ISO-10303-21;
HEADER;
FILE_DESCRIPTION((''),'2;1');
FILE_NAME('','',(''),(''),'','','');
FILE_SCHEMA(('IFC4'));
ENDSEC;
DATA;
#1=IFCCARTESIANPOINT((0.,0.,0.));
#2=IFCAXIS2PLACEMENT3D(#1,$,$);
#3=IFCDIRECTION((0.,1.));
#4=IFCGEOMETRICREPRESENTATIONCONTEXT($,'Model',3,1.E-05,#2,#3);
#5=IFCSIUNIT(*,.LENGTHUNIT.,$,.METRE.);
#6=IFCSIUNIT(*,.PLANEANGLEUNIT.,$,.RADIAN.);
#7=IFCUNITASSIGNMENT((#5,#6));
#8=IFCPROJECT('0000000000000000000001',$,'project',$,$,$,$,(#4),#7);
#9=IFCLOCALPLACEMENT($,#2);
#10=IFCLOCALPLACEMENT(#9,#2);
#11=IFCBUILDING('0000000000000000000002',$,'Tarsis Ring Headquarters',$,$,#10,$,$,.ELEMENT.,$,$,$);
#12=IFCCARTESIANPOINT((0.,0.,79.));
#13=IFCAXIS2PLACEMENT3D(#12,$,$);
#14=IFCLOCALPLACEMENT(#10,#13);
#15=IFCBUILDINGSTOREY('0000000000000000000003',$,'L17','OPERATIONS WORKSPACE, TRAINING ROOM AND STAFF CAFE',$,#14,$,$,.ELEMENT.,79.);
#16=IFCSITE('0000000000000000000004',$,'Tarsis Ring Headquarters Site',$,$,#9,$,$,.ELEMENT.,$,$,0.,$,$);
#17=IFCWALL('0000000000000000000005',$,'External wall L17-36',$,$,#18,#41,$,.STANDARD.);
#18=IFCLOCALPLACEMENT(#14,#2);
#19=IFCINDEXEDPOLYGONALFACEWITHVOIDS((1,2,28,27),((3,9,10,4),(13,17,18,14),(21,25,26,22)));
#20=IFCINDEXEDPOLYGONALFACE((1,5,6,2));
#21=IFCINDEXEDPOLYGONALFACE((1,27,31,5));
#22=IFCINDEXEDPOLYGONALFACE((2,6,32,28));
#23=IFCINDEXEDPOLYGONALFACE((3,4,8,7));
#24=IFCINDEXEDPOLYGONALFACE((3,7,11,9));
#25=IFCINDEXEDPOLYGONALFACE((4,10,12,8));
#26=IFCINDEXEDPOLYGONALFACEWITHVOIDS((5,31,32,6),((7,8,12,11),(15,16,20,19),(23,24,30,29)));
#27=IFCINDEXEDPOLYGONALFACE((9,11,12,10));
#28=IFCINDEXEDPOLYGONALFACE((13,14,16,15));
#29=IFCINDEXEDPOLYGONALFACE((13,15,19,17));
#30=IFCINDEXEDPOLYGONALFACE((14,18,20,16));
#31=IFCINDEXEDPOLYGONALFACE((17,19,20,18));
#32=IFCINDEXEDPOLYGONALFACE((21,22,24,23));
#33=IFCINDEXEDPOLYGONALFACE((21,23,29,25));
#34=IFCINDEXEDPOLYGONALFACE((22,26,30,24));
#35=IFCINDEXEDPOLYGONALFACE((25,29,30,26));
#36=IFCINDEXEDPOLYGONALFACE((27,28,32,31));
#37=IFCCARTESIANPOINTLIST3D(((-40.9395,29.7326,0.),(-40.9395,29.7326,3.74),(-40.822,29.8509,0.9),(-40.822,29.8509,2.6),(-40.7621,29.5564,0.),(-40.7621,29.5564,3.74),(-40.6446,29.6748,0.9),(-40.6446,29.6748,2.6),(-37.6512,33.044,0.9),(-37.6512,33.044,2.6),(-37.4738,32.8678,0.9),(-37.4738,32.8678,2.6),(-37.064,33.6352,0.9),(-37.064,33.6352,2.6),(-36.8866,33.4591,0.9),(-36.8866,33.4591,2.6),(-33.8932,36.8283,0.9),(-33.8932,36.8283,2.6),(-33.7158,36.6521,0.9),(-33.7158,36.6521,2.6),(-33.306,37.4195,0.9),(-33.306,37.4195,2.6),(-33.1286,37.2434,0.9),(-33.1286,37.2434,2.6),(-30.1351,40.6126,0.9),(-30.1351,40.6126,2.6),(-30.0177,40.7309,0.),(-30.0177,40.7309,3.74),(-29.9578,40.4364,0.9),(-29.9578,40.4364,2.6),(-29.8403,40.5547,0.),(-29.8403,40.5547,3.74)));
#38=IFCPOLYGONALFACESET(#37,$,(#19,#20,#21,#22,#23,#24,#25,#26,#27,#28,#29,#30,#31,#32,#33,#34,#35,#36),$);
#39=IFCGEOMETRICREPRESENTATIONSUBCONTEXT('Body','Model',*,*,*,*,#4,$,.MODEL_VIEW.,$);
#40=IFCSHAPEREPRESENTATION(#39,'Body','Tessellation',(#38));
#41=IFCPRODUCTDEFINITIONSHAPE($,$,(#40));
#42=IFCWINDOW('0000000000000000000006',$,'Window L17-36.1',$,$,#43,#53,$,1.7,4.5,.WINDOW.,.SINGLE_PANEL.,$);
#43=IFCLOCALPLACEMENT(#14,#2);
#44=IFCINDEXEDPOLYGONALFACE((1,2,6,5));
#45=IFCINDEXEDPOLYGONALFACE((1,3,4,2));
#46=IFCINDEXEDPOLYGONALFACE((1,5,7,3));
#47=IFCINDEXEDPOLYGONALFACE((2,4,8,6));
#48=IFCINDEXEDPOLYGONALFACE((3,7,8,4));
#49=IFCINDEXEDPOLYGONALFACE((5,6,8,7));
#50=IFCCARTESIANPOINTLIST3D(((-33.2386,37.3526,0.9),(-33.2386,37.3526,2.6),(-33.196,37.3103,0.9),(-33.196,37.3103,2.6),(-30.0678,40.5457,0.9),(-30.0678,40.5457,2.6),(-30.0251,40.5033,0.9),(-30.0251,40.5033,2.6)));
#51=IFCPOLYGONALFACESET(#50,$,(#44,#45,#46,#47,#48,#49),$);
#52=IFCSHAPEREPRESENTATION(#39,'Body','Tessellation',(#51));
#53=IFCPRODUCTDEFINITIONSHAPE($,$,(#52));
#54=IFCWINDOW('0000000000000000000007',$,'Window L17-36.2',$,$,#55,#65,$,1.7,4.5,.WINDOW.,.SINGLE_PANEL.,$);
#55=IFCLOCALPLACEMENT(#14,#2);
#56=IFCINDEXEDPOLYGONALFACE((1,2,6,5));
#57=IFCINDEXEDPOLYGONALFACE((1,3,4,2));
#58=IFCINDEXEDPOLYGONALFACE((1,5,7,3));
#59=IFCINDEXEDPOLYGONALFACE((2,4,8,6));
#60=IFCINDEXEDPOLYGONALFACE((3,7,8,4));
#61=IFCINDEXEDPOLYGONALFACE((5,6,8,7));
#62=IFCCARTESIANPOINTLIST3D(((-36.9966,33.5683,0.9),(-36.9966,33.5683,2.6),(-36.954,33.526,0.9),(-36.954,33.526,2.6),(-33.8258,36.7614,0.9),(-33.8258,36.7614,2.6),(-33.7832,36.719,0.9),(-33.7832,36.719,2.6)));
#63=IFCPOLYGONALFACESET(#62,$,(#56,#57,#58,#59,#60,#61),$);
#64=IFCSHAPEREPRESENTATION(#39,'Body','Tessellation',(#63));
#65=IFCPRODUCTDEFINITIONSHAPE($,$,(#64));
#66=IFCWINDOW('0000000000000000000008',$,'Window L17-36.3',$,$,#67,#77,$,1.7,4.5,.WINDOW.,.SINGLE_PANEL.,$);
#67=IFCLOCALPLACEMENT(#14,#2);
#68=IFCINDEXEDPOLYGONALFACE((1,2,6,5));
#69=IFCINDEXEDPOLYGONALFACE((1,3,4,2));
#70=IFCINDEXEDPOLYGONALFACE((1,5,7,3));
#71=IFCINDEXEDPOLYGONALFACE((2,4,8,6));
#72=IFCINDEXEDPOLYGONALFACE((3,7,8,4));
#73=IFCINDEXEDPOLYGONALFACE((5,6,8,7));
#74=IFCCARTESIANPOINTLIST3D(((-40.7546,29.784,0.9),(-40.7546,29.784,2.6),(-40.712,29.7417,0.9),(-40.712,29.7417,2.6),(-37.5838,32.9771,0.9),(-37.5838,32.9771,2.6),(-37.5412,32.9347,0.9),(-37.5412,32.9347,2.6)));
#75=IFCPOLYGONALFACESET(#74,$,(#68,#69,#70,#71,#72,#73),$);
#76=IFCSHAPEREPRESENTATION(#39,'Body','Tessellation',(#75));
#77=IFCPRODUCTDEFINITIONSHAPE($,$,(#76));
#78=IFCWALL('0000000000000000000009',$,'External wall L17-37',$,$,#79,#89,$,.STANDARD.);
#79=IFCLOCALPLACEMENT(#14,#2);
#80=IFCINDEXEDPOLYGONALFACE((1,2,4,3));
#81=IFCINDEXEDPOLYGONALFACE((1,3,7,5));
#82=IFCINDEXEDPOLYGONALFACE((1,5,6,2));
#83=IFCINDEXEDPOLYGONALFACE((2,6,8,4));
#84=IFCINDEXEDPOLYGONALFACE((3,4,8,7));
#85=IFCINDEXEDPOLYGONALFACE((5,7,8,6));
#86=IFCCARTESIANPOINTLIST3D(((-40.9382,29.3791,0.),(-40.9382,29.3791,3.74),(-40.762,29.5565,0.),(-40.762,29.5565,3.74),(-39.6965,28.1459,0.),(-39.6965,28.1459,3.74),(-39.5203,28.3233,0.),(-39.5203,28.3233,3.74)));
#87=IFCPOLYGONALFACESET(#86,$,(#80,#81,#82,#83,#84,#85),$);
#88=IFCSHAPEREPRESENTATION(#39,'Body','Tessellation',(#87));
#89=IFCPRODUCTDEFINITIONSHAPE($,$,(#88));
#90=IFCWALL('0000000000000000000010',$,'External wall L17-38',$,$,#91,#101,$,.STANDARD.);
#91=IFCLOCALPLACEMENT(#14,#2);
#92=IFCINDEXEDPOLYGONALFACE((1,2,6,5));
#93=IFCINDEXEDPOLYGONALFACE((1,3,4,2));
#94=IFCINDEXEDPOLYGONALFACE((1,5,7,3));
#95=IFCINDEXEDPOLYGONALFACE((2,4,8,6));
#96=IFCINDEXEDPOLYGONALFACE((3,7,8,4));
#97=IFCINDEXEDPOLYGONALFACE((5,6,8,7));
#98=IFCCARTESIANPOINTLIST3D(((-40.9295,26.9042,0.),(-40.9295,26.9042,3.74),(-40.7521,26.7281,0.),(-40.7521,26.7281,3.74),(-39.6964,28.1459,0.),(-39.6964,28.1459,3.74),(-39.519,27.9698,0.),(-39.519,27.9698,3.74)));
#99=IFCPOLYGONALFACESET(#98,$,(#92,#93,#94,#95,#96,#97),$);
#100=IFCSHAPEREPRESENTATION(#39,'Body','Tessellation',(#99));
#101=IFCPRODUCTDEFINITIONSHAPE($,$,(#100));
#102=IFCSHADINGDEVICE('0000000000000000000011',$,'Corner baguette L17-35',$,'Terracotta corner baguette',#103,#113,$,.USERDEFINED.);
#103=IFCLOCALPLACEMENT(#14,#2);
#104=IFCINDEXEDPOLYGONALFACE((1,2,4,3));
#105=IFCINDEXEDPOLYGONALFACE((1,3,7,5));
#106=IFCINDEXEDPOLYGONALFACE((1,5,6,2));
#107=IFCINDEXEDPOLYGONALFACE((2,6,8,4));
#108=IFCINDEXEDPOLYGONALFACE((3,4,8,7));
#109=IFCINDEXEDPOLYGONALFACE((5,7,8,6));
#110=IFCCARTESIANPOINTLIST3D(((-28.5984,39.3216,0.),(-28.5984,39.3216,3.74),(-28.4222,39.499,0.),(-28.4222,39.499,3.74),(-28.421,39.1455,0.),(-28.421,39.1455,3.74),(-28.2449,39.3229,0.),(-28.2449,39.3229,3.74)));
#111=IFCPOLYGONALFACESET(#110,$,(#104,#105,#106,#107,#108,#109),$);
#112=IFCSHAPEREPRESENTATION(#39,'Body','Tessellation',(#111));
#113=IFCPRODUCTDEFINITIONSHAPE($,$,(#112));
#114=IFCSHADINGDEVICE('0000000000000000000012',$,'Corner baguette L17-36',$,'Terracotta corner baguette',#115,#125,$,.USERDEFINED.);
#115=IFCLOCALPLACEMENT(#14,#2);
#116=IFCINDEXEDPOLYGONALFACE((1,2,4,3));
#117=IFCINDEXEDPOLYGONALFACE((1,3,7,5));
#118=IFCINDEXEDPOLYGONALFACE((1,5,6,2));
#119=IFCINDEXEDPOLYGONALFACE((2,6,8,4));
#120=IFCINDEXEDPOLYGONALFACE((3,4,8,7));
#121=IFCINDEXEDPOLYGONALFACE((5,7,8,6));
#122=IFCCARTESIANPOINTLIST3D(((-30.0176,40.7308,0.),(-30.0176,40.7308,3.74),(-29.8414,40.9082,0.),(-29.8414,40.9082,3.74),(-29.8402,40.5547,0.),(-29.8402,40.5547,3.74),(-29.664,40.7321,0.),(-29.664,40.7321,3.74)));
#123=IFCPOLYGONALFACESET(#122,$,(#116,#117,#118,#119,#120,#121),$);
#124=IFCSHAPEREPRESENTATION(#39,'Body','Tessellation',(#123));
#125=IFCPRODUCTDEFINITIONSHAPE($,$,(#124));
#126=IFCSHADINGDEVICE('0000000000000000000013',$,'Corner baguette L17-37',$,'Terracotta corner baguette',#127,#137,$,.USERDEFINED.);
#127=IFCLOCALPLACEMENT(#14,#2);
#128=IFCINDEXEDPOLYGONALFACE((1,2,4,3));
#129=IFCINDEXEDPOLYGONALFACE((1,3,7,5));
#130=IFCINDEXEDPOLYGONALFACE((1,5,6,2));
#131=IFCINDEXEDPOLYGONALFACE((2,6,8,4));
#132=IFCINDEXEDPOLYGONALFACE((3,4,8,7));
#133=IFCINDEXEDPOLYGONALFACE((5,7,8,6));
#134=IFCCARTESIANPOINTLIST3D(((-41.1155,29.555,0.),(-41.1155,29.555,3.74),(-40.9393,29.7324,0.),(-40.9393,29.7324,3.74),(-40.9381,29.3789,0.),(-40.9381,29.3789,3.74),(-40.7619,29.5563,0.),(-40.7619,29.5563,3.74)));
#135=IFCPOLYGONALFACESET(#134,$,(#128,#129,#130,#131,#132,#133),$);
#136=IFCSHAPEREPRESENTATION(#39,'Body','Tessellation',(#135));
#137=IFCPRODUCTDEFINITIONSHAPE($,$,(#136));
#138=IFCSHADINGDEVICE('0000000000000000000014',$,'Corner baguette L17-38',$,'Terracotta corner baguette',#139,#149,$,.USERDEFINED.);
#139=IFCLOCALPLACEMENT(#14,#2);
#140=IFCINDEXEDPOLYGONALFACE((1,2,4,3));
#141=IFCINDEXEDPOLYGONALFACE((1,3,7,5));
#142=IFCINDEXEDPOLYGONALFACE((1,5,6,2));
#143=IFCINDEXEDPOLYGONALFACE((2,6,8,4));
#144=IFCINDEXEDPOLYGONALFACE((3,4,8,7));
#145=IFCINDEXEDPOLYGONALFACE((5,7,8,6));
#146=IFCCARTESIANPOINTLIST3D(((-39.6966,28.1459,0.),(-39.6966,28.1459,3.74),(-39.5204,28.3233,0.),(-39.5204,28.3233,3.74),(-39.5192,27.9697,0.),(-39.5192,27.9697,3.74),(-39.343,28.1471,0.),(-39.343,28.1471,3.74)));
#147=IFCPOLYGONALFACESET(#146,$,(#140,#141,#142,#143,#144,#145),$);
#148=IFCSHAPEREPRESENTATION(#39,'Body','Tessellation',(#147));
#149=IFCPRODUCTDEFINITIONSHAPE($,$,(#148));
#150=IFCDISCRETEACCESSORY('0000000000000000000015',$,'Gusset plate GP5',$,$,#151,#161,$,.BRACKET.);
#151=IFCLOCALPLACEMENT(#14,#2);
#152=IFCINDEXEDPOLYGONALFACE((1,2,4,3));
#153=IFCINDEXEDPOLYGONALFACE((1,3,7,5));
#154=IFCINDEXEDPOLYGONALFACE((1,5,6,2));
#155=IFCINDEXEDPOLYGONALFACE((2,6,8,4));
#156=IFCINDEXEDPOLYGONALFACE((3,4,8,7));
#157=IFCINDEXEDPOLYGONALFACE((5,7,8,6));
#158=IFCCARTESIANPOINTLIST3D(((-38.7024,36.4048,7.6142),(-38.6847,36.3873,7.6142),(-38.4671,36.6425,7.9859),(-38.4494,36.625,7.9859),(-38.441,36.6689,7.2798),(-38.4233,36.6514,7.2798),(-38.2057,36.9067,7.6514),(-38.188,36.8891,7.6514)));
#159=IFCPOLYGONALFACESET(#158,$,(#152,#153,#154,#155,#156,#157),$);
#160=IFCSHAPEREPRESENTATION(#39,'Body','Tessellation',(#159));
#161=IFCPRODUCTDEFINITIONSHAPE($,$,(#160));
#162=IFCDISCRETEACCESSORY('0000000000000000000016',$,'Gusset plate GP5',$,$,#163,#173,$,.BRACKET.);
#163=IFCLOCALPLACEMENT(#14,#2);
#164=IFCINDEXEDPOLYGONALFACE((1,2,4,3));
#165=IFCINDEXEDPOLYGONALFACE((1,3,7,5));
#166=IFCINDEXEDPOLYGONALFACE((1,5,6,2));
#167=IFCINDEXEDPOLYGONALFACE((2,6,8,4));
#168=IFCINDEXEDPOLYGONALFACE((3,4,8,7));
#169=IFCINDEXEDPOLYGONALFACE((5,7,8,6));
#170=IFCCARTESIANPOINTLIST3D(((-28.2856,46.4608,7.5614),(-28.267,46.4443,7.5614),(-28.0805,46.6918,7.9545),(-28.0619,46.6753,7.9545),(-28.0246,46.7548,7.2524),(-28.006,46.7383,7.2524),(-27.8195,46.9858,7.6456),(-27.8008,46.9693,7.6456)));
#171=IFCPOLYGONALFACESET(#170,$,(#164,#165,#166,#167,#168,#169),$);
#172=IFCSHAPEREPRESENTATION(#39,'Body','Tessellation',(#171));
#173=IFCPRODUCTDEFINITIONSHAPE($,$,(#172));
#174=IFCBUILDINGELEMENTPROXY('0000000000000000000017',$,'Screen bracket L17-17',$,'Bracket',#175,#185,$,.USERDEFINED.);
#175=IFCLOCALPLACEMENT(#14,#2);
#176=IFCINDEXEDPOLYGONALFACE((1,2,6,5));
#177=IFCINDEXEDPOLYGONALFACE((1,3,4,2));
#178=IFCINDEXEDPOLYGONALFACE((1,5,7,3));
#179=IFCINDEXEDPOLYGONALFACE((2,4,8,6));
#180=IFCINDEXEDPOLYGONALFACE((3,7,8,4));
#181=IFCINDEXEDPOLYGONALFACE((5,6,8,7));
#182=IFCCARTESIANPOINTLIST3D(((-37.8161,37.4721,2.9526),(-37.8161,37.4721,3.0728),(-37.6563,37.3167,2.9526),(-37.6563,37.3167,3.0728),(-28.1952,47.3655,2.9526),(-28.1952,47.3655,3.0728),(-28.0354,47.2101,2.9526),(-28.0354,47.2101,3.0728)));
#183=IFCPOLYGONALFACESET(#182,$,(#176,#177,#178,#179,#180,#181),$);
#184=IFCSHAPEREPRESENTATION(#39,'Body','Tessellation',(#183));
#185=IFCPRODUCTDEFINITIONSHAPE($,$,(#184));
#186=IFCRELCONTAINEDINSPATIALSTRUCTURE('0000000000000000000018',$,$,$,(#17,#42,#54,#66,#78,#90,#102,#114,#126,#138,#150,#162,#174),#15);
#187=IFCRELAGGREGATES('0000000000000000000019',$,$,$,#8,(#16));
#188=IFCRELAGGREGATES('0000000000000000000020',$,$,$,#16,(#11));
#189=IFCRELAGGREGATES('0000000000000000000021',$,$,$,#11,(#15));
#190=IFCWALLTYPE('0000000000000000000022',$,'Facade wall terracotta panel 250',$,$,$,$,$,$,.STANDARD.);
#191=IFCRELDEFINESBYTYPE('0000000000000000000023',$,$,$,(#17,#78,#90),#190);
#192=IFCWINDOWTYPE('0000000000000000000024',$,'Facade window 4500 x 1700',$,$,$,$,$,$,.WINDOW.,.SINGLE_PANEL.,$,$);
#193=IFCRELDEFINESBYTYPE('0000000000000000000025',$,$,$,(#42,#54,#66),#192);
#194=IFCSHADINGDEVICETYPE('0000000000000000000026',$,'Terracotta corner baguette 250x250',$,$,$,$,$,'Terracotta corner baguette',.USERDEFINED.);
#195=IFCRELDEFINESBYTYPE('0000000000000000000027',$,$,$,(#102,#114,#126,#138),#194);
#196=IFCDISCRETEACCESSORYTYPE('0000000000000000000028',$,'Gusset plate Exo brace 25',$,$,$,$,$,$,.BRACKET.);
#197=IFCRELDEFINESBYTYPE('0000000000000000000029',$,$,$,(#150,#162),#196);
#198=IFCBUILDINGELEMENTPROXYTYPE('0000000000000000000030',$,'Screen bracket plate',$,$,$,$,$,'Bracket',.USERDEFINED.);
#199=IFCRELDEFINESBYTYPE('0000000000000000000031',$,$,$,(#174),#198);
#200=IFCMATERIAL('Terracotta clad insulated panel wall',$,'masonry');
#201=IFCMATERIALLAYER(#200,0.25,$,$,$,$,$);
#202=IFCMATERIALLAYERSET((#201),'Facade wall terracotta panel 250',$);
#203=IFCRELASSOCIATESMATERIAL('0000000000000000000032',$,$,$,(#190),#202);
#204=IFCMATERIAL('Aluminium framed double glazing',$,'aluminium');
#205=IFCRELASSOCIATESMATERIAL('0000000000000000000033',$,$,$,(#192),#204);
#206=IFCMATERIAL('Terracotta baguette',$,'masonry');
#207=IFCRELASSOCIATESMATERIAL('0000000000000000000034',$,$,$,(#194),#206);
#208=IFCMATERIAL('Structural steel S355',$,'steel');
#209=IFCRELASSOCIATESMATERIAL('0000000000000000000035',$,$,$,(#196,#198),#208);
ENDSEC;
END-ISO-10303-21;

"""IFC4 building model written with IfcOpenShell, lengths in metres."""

from ifc_helpers import new_model, si_unit, direction, frame, frame_2d, origin, origin_2d, place, context, subcontext, project, spatial, rectangle, extrude, material, layer, layer_set, material_profile, profile_set, type_object, element, fill, save


model = new_model("IFC4")

# Units and contexts
model_context = context("Model", 3, precision=1e-05, world=origin(), true_north=direction((0.0, 1.0)))
body_context = subcontext(model_context, "Body", "Model", "MODEL_VIEW")
ifc_project = project(units=[si_unit("LENGTHUNIT", "METRE"), si_unit("PLANEANGLEUNIT", "RADIAN")], contexts=[model_context])

# Site, building, storey
site_placement = place(None, origin())
site = spatial("IfcSite", under=ifc_project, at=site_placement, Name="Tarsis Ring Headquarters Site", CompositionType="ELEMENT", RefElevation=0.0)
building_placement = place(site_placement, origin())
building = spatial("IfcBuilding", under=site, at=building_placement, Name="Tarsis Ring Headquarters", CompositionType="ELEMENT")
storey_placement = place(building_placement, frame((0.0, 0.0, 79.0)))
storey = spatial("IfcBuildingStorey", under=building, at=storey_placement, Name="L17", Description="OPERATIONS WORKSPACE, TRAINING ROOM AND STAFF CAFE", CompositionType="ELEMENT", Elevation=79.0)

# Shared definitions
ifc_material_1 = material(Name="Structural steel S355", Category="steel")

# Shared definitions
ifc_material_2 = material(Name="Terracotta clad insulated panel wall", Category="masonry")
ifc_layer_1 = layer(ifc_material_2, 0.25)
ifc_layer_set_1 = layer_set([ifc_layer_1], Name="Facade wall terracotta panel 250")
wall_type_1 = type_object("IfcWallType", Name="Facade wall terracotta panel 250", PredefinedType="STANDARD", material=ifc_layer_set_1)

# Wall, openings, windows
wall_1_placement = place(storey_placement, frame((-29.929, 40.6428, 0.0), z_axis=(0.0, 0.0, 1.0), x_axis=(-0.704637, -0.709568, 0.0)))
wall_1 = element("IfcWall", 1, at=wall_1_placement, inside=storey, type_object=wall_type_1, Name="External wall L17-36", PredefinedType="STANDARD", context=body_context, shape_type="SweptSolid", body=[
    extrude(rectangle(XDim=15.5, YDim=0.25, at=frame_2d((7.75, 0.0))), origin(), (0.0, 0.0, 1.0), 3.74),
])
opening_1_placement = place(wall_1_placement, frame((0.1667, 0.0, 0.8999)))
opening_1 = element("IfcOpeningElement", 2, at=opening_1_placement, cuts=wall_1, PredefinedType="OPENING", context=body_context, shape_type="SweptSolid", body=[
    extrude(rectangle(XDim=4.5, YDim=1.7, at=frame_2d((2.25, 0.8501))), frame((0.0, 0.135, 0.0), z_axis=(0.0, -1.0, 0.0), x_axis=(1.0, 0.0, 0.0)), (0.0, 0.0, 1.0), 0.27),
])
opening_2_placement = place(wall_1_placement, frame((5.5, 0.0, 0.8999)))
opening_2 = element("IfcOpeningElement", 3, at=opening_2_placement, cuts=wall_1, PredefinedType="OPENING", context=body_context, shape_type="SweptSolid", body=[
    extrude(rectangle(XDim=4.5, YDim=1.7, at=frame_2d((2.25, 0.8501))), frame((0.0, 0.135, 0.0), z_axis=(0.0, -1.0, 0.0), x_axis=(1.0, 0.0, 0.0)), (0.0, 0.0, 1.0), 0.27),
])
opening_3_placement = place(wall_1_placement, frame((10.8333, 0.0, 0.8999)))
opening_3 = element("IfcOpeningElement", 4, at=opening_3_placement, cuts=wall_1, PredefinedType="OPENING", context=body_context, shape_type="SweptSolid", body=[
    extrude(rectangle(XDim=4.5, YDim=1.7, at=frame_2d((2.25, 0.8501))), frame((0.0, 0.135, 0.0), z_axis=(0.0, -1.0, 0.0), x_axis=(1.0, 0.0, 0.0)), (0.0, 0.0, 1.0), 0.27),
])
ifc_material_3 = material(Name="Aluminium framed double glazing", Category="aluminium")
window_type = type_object("IfcWindowType", Name="Facade window 4500 x 1700", PartitioningType="SINGLE_PANEL", PredefinedType="WINDOW", material=ifc_material_3)
window_1_placement = place(opening_1_placement, origin())
window_1 = element("IfcWindow", 5, at=window_1_placement, inside=storey, type_object=window_type, Name="Window L17-36.1", OverallHeight=1.7, OverallWidth=4.5, PartitioningType="SINGLE_PANEL", PredefinedType="WINDOW", context=body_context, shape_type="SweptSolid", body=[
    extrude(rectangle(XDim=4.5, YDim=1.7, at=frame_2d((2.25, 0.8501))), frame((0.0, 0.03, 0.0), z_axis=(0.0, -1.0, 0.0), x_axis=(1.0, 0.0, 0.0)), (0.0, 0.0, 1.0), 0.0601),
])
fill(opening_1, window_1)
window_2_placement = place(opening_2_placement, origin())
window_2 = element("IfcWindow", 6, at=window_2_placement, inside=storey, type_object=window_type, Name="Window L17-36.2", OverallHeight=1.7, OverallWidth=4.5, PartitioningType="SINGLE_PANEL", PredefinedType="WINDOW", context=body_context, shape_type="SweptSolid", body=[
    extrude(rectangle(XDim=4.5, YDim=1.7, at=frame_2d((2.25, 0.8501))), frame((0.0, 0.03, 0.0), z_axis=(0.0, -1.0, 0.0), x_axis=(1.0, 0.0, 0.0)), (0.0, 0.0, 1.0), 0.0601),
])
fill(opening_2, window_2)
window_3_placement = place(opening_3_placement, origin())
window_3 = element("IfcWindow", 7, at=window_3_placement, inside=storey, type_object=window_type, Name="Window L17-36.3", OverallHeight=1.7, OverallWidth=4.5, PartitioningType="SINGLE_PANEL", PredefinedType="WINDOW", context=body_context, shape_type="SweptSolid", body=[
    extrude(rectangle(XDim=4.5, YDim=1.7, at=frame_2d((2.25, 0.8501))), frame((0.0, 0.03, 0.0), z_axis=(0.0, -1.0, 0.0), x_axis=(1.0, 0.0, 0.0)), (0.0, 0.0, 1.0), 0.0601),
])
fill(opening_3, window_3)

# Walls
for number, where, z_axis, x_axis, name in (
    (8, (-40.8501, 29.4678, 0.0), (0.0, 0.0, 1.0), (0.709544, -0.704661, 0.0), "External wall L17-37"),
    (9, (-39.6077, 28.0579, 0.0), (0.0, 0.0, 1.0), (-0.704661, -0.709544, 0.0), "External wall L17-38"),
):
    element("IfcWall", number, at=place(storey_placement, frame(where, z_axis=z_axis, x_axis=x_axis)), inside=storey, type_object=wall_type_1, Name=name, PredefinedType="STANDARD", context=body_context, shape_type="SweptSolid", body=[
        extrude(rectangle(XDim=1.75, YDim=0.25, at=frame_2d((0.875, 0.0))), origin(), (0.0, 0.0, 1.0), 3.74),
    ])

# Shading devices
ifc_material_4 = material(Name="Terracotta baguette", Category="masonry")
shading_device_type_1 = type_object("IfcShadingDeviceType", Name="Terracotta corner baguette 250x250", ElementType="Terracotta corner baguette", PredefinedType="USERDEFINED", material=ifc_material_4)
for number, where, z_axis, x_axis, name in (
    (10, (-28.4216, 39.3223, 0.0), (0.0, 0.0, 1.0), (-0.704634, -0.709571, 0.0), "Corner baguette L17-35"),
    (11, (-29.8408, 40.7314, 0.0), (0.0, 0.0, 1.0), (-0.709571, 0.704634, 0.0), "Corner baguette L17-36"),
    (12, (-40.9387, 29.5557, 0.0), (0.0, 0.0, 1.0), (-0.704634, -0.709571, 0.0), "Corner baguette L17-37"),
    (13, (-39.5198, 28.1465, 0.0), (0.0, 0.0, 1.0), (0.709571, -0.704634, 0.0), "Corner baguette L17-38"),
):
    element("IfcShadingDevice", number, at=place(storey_placement, frame(where, z_axis=z_axis, x_axis=x_axis)), inside=storey, type_object=shading_device_type_1, Name=name, ObjectType="Terracotta corner baguette", PredefinedType="USERDEFINED", context=body_context, shape_type="SweptSolid", body=[
        extrude(rectangle(XDim=0.25, YDim=0.25, at=origin_2d()), origin(), (0.0, 0.0, 1.0), 3.74),
    ])

# Discrete accessories
ifc_material_profile_1 = material_profile(ifc_material_1, rectangle(XDim=0.0249, YDim=0.5, at=origin_2d()), Name="PL 25x500")
ifc_profile_set_1 = profile_set([ifc_material_profile_1], Name="Structural steel S355")
discrete_accessory_type = type_object("IfcDiscreteAccessoryType", Name="Gusset plate Exo brace 25", PredefinedType="BRACKET", material=ifc_profile_set_1)
for number, where, z_axis, x_axis, name in (
    (14, (-38.5759, 36.5149, 7.8), (0.522927, 0.528298, -0.668917), (-0.71071, 0.703485, 0.0), "Gusset plate GP5"),
    (15, (-27.9407, 46.8306, 7.8), (-0.410239, -0.462007, -0.786291), (0.747758, -0.663971, 0.0), "Gusset plate GP5"),
):
    element("IfcDiscreteAccessory", number, at=place(storey_placement, frame(where, z_axis=z_axis, x_axis=x_axis)), inside=storey, type_object=discrete_accessory_type, Name=name, PredefinedType="BRACKET", context=body_context, shape_type="SweptSolid", body=[
        extrude(rectangle(XDim=0.0249, YDim=0.5, at=origin_2d()), origin(), (0.0, 0.0, 1.0), 0.5),
    ])

# Building element proxy
building_element_proxy_type = type_object("IfcBuildingElementProxyType", Name="Screen bracket plate", ElementType="Bracket", PredefinedType="USERDEFINED", material=ifc_material_1)
proxy_placement = place(storey_placement, frame((-32.9258, 42.3411, 2.9526), z_axis=(0.0, 0.0, 1.0), x_axis=(-0.697165, -0.716911, 0.0)))
element("IfcBuildingElementProxy", 16, at=proxy_placement, inside=storey, type_object=building_element_proxy_type, Name="Screen bracket L17-17", ObjectType="Bracket", PredefinedType="USERDEFINED", context=body_context, shape_type="SweptSolid", body=[
    extrude(rectangle(XDim=13.8, YDim=0.2229, at=origin_2d()), origin(), (0.0, 0.0, 1.0), 0.1201),
])

save(model, "model.ifc")
